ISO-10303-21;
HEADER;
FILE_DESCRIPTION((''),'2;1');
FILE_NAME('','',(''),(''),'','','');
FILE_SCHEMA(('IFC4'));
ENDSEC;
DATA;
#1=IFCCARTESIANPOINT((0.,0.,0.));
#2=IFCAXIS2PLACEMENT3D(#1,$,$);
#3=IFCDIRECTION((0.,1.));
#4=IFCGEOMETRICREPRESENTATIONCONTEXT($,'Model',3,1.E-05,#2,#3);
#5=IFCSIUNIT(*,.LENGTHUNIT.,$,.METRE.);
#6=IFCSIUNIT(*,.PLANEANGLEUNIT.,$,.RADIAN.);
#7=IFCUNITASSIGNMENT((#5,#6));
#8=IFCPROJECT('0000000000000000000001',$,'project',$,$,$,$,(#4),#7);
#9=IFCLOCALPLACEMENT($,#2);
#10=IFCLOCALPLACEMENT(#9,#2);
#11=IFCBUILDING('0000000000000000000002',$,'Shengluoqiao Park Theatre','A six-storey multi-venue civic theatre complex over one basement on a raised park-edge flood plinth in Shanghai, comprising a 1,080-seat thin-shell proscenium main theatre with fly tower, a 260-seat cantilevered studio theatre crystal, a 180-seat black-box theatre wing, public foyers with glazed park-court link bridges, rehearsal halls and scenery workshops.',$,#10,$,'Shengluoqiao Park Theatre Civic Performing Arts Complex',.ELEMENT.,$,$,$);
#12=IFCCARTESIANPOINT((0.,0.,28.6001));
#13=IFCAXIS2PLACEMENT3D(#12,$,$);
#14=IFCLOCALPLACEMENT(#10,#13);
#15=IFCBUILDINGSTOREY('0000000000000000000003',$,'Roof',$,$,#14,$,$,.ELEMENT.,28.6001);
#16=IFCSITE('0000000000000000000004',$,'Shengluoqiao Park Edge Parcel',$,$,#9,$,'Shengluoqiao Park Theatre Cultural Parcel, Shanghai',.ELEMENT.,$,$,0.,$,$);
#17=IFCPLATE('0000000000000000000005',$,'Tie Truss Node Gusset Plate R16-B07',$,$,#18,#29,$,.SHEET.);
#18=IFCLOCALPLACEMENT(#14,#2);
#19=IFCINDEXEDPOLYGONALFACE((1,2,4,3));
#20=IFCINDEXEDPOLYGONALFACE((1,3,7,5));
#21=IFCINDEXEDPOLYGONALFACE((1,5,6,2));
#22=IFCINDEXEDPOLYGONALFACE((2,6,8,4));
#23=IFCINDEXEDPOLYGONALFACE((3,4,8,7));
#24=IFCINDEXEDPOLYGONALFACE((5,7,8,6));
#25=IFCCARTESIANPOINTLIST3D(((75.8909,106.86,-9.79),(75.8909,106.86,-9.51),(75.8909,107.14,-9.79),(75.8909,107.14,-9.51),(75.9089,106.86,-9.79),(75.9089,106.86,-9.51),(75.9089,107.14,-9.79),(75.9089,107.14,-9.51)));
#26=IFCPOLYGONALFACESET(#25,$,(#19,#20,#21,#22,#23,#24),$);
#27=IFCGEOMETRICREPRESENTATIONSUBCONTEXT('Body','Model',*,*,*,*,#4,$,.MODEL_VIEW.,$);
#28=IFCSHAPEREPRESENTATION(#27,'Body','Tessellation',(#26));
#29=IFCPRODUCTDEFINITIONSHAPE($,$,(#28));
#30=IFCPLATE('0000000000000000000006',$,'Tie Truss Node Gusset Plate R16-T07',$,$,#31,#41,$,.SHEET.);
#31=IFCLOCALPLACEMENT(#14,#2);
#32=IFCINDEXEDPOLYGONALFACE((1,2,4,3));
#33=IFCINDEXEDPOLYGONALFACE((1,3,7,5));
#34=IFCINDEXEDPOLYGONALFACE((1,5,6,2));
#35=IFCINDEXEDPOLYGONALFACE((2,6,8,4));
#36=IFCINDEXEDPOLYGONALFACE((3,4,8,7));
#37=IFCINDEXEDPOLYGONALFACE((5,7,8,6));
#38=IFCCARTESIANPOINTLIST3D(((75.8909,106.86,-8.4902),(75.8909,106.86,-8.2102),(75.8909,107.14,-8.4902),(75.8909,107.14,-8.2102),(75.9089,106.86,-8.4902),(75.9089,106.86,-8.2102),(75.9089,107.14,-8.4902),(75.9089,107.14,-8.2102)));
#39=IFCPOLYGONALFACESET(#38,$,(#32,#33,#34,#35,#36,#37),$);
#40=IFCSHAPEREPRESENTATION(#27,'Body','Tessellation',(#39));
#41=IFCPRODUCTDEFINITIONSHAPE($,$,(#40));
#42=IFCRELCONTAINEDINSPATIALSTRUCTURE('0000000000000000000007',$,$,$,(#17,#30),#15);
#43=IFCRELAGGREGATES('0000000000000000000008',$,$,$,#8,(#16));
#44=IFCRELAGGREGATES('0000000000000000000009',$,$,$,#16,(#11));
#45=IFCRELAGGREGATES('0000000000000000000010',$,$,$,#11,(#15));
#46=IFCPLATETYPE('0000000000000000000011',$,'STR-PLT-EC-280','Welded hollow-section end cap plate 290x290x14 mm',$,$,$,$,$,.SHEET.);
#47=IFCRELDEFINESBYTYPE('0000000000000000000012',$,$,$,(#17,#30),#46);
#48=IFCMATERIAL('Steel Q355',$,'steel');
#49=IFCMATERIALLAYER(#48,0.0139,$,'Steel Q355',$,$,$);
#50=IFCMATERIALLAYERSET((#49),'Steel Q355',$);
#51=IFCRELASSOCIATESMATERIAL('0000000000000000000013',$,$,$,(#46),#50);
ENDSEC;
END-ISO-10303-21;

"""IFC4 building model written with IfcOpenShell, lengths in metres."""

from ifc_helpers import new_model, si_unit, direction, frame, origin, origin_2d, place, context, subcontext, project, spatial, rectangle, extrude, material, layer, layer_set, type_object, element, save


model = new_model("IFC4")

# Units and contexts
model_context = context("Model", 3, precision=1e-05, world=origin(), true_north=direction((0.0, 1.0)))
body_context = subcontext(model_context, "Body", "Model", "MODEL_VIEW")
ifc_project = project(units=[si_unit("LENGTHUNIT", "METRE"), si_unit("PLANEANGLEUNIT", "RADIAN")], contexts=[model_context])

# Site, building, storey
site_placement = place(None, origin())
site = spatial("IfcSite", under=ifc_project, at=site_placement, Name="Shengluoqiao Park Edge Parcel", LongName="Shengluoqiao Park Theatre Cultural Parcel, Shanghai", CompositionType="ELEMENT", RefElevation=0.0)
building_placement = place(site_placement, origin())
building = spatial("IfcBuilding", under=site, at=building_placement, Name="Shengluoqiao Park Theatre", Description="A six-storey multi-venue civic theatre complex over one basement on a raised park-edge flood plinth in Shanghai, comprising a 1,080-seat thin-shell proscenium main theatre with fly tower, a 260-seat cantilevered studio theatre crystal, a 180-seat black-box theatre wing, public foyers with glazed park-court link bridges, rehearsal halls and scenery workshops.", LongName="Shengluoqiao Park Theatre Civic Performing Arts Complex", CompositionType="ELEMENT")
storey_placement = place(building_placement, frame((0.0, 0.0, 28.6001)))
storey = spatial("IfcBuildingStorey", under=building, at=storey_placement, Name="Roof", CompositionType="ELEMENT", Elevation=28.6001)

# Shared definitions
ifc_material_1 = material(Name="Steel Q355", Category="steel")

# Plates
ifc_layer = layer(ifc_material_1, 0.0139, Name="Steel Q355")
ifc_layer_set = layer_set([ifc_layer], Name="Steel Q355")
plate_type = type_object("IfcPlateType", Name="STR-PLT-EC-280", Description="Welded hollow-section end cap plate 290x290x14 mm", PredefinedType="SHEET", material=ifc_layer_set)
for number, where, z_axis, x_axis, name in (
    (1, (75.8999, 107.0, -9.79), (0.0, 0.0, 1.0), (1.0, 0.0, 0.0), "Tie Truss Node Gusset Plate R16-B07"),
    (2, (75.8999, 107.0, -8.4902), (0.0, 0.0, 1.0), (1.0, 0.0, 0.0), "Tie Truss Node Gusset Plate R16-T07"),
):
    element("IfcPlate", number, at=place(storey_placement, frame(where, z_axis=z_axis, x_axis=x_axis)), inside=storey, type_object=plate_type, Name=name, PredefinedType="SHEET", context=body_context, shape_type="SweptSolid", body=[
        extrude(rectangle(XDim=0.0181, YDim=0.28, at=origin_2d()), origin(), (0.0, 0.0, 1.0), 0.28),
    ])

save(model, "model.ifc")
